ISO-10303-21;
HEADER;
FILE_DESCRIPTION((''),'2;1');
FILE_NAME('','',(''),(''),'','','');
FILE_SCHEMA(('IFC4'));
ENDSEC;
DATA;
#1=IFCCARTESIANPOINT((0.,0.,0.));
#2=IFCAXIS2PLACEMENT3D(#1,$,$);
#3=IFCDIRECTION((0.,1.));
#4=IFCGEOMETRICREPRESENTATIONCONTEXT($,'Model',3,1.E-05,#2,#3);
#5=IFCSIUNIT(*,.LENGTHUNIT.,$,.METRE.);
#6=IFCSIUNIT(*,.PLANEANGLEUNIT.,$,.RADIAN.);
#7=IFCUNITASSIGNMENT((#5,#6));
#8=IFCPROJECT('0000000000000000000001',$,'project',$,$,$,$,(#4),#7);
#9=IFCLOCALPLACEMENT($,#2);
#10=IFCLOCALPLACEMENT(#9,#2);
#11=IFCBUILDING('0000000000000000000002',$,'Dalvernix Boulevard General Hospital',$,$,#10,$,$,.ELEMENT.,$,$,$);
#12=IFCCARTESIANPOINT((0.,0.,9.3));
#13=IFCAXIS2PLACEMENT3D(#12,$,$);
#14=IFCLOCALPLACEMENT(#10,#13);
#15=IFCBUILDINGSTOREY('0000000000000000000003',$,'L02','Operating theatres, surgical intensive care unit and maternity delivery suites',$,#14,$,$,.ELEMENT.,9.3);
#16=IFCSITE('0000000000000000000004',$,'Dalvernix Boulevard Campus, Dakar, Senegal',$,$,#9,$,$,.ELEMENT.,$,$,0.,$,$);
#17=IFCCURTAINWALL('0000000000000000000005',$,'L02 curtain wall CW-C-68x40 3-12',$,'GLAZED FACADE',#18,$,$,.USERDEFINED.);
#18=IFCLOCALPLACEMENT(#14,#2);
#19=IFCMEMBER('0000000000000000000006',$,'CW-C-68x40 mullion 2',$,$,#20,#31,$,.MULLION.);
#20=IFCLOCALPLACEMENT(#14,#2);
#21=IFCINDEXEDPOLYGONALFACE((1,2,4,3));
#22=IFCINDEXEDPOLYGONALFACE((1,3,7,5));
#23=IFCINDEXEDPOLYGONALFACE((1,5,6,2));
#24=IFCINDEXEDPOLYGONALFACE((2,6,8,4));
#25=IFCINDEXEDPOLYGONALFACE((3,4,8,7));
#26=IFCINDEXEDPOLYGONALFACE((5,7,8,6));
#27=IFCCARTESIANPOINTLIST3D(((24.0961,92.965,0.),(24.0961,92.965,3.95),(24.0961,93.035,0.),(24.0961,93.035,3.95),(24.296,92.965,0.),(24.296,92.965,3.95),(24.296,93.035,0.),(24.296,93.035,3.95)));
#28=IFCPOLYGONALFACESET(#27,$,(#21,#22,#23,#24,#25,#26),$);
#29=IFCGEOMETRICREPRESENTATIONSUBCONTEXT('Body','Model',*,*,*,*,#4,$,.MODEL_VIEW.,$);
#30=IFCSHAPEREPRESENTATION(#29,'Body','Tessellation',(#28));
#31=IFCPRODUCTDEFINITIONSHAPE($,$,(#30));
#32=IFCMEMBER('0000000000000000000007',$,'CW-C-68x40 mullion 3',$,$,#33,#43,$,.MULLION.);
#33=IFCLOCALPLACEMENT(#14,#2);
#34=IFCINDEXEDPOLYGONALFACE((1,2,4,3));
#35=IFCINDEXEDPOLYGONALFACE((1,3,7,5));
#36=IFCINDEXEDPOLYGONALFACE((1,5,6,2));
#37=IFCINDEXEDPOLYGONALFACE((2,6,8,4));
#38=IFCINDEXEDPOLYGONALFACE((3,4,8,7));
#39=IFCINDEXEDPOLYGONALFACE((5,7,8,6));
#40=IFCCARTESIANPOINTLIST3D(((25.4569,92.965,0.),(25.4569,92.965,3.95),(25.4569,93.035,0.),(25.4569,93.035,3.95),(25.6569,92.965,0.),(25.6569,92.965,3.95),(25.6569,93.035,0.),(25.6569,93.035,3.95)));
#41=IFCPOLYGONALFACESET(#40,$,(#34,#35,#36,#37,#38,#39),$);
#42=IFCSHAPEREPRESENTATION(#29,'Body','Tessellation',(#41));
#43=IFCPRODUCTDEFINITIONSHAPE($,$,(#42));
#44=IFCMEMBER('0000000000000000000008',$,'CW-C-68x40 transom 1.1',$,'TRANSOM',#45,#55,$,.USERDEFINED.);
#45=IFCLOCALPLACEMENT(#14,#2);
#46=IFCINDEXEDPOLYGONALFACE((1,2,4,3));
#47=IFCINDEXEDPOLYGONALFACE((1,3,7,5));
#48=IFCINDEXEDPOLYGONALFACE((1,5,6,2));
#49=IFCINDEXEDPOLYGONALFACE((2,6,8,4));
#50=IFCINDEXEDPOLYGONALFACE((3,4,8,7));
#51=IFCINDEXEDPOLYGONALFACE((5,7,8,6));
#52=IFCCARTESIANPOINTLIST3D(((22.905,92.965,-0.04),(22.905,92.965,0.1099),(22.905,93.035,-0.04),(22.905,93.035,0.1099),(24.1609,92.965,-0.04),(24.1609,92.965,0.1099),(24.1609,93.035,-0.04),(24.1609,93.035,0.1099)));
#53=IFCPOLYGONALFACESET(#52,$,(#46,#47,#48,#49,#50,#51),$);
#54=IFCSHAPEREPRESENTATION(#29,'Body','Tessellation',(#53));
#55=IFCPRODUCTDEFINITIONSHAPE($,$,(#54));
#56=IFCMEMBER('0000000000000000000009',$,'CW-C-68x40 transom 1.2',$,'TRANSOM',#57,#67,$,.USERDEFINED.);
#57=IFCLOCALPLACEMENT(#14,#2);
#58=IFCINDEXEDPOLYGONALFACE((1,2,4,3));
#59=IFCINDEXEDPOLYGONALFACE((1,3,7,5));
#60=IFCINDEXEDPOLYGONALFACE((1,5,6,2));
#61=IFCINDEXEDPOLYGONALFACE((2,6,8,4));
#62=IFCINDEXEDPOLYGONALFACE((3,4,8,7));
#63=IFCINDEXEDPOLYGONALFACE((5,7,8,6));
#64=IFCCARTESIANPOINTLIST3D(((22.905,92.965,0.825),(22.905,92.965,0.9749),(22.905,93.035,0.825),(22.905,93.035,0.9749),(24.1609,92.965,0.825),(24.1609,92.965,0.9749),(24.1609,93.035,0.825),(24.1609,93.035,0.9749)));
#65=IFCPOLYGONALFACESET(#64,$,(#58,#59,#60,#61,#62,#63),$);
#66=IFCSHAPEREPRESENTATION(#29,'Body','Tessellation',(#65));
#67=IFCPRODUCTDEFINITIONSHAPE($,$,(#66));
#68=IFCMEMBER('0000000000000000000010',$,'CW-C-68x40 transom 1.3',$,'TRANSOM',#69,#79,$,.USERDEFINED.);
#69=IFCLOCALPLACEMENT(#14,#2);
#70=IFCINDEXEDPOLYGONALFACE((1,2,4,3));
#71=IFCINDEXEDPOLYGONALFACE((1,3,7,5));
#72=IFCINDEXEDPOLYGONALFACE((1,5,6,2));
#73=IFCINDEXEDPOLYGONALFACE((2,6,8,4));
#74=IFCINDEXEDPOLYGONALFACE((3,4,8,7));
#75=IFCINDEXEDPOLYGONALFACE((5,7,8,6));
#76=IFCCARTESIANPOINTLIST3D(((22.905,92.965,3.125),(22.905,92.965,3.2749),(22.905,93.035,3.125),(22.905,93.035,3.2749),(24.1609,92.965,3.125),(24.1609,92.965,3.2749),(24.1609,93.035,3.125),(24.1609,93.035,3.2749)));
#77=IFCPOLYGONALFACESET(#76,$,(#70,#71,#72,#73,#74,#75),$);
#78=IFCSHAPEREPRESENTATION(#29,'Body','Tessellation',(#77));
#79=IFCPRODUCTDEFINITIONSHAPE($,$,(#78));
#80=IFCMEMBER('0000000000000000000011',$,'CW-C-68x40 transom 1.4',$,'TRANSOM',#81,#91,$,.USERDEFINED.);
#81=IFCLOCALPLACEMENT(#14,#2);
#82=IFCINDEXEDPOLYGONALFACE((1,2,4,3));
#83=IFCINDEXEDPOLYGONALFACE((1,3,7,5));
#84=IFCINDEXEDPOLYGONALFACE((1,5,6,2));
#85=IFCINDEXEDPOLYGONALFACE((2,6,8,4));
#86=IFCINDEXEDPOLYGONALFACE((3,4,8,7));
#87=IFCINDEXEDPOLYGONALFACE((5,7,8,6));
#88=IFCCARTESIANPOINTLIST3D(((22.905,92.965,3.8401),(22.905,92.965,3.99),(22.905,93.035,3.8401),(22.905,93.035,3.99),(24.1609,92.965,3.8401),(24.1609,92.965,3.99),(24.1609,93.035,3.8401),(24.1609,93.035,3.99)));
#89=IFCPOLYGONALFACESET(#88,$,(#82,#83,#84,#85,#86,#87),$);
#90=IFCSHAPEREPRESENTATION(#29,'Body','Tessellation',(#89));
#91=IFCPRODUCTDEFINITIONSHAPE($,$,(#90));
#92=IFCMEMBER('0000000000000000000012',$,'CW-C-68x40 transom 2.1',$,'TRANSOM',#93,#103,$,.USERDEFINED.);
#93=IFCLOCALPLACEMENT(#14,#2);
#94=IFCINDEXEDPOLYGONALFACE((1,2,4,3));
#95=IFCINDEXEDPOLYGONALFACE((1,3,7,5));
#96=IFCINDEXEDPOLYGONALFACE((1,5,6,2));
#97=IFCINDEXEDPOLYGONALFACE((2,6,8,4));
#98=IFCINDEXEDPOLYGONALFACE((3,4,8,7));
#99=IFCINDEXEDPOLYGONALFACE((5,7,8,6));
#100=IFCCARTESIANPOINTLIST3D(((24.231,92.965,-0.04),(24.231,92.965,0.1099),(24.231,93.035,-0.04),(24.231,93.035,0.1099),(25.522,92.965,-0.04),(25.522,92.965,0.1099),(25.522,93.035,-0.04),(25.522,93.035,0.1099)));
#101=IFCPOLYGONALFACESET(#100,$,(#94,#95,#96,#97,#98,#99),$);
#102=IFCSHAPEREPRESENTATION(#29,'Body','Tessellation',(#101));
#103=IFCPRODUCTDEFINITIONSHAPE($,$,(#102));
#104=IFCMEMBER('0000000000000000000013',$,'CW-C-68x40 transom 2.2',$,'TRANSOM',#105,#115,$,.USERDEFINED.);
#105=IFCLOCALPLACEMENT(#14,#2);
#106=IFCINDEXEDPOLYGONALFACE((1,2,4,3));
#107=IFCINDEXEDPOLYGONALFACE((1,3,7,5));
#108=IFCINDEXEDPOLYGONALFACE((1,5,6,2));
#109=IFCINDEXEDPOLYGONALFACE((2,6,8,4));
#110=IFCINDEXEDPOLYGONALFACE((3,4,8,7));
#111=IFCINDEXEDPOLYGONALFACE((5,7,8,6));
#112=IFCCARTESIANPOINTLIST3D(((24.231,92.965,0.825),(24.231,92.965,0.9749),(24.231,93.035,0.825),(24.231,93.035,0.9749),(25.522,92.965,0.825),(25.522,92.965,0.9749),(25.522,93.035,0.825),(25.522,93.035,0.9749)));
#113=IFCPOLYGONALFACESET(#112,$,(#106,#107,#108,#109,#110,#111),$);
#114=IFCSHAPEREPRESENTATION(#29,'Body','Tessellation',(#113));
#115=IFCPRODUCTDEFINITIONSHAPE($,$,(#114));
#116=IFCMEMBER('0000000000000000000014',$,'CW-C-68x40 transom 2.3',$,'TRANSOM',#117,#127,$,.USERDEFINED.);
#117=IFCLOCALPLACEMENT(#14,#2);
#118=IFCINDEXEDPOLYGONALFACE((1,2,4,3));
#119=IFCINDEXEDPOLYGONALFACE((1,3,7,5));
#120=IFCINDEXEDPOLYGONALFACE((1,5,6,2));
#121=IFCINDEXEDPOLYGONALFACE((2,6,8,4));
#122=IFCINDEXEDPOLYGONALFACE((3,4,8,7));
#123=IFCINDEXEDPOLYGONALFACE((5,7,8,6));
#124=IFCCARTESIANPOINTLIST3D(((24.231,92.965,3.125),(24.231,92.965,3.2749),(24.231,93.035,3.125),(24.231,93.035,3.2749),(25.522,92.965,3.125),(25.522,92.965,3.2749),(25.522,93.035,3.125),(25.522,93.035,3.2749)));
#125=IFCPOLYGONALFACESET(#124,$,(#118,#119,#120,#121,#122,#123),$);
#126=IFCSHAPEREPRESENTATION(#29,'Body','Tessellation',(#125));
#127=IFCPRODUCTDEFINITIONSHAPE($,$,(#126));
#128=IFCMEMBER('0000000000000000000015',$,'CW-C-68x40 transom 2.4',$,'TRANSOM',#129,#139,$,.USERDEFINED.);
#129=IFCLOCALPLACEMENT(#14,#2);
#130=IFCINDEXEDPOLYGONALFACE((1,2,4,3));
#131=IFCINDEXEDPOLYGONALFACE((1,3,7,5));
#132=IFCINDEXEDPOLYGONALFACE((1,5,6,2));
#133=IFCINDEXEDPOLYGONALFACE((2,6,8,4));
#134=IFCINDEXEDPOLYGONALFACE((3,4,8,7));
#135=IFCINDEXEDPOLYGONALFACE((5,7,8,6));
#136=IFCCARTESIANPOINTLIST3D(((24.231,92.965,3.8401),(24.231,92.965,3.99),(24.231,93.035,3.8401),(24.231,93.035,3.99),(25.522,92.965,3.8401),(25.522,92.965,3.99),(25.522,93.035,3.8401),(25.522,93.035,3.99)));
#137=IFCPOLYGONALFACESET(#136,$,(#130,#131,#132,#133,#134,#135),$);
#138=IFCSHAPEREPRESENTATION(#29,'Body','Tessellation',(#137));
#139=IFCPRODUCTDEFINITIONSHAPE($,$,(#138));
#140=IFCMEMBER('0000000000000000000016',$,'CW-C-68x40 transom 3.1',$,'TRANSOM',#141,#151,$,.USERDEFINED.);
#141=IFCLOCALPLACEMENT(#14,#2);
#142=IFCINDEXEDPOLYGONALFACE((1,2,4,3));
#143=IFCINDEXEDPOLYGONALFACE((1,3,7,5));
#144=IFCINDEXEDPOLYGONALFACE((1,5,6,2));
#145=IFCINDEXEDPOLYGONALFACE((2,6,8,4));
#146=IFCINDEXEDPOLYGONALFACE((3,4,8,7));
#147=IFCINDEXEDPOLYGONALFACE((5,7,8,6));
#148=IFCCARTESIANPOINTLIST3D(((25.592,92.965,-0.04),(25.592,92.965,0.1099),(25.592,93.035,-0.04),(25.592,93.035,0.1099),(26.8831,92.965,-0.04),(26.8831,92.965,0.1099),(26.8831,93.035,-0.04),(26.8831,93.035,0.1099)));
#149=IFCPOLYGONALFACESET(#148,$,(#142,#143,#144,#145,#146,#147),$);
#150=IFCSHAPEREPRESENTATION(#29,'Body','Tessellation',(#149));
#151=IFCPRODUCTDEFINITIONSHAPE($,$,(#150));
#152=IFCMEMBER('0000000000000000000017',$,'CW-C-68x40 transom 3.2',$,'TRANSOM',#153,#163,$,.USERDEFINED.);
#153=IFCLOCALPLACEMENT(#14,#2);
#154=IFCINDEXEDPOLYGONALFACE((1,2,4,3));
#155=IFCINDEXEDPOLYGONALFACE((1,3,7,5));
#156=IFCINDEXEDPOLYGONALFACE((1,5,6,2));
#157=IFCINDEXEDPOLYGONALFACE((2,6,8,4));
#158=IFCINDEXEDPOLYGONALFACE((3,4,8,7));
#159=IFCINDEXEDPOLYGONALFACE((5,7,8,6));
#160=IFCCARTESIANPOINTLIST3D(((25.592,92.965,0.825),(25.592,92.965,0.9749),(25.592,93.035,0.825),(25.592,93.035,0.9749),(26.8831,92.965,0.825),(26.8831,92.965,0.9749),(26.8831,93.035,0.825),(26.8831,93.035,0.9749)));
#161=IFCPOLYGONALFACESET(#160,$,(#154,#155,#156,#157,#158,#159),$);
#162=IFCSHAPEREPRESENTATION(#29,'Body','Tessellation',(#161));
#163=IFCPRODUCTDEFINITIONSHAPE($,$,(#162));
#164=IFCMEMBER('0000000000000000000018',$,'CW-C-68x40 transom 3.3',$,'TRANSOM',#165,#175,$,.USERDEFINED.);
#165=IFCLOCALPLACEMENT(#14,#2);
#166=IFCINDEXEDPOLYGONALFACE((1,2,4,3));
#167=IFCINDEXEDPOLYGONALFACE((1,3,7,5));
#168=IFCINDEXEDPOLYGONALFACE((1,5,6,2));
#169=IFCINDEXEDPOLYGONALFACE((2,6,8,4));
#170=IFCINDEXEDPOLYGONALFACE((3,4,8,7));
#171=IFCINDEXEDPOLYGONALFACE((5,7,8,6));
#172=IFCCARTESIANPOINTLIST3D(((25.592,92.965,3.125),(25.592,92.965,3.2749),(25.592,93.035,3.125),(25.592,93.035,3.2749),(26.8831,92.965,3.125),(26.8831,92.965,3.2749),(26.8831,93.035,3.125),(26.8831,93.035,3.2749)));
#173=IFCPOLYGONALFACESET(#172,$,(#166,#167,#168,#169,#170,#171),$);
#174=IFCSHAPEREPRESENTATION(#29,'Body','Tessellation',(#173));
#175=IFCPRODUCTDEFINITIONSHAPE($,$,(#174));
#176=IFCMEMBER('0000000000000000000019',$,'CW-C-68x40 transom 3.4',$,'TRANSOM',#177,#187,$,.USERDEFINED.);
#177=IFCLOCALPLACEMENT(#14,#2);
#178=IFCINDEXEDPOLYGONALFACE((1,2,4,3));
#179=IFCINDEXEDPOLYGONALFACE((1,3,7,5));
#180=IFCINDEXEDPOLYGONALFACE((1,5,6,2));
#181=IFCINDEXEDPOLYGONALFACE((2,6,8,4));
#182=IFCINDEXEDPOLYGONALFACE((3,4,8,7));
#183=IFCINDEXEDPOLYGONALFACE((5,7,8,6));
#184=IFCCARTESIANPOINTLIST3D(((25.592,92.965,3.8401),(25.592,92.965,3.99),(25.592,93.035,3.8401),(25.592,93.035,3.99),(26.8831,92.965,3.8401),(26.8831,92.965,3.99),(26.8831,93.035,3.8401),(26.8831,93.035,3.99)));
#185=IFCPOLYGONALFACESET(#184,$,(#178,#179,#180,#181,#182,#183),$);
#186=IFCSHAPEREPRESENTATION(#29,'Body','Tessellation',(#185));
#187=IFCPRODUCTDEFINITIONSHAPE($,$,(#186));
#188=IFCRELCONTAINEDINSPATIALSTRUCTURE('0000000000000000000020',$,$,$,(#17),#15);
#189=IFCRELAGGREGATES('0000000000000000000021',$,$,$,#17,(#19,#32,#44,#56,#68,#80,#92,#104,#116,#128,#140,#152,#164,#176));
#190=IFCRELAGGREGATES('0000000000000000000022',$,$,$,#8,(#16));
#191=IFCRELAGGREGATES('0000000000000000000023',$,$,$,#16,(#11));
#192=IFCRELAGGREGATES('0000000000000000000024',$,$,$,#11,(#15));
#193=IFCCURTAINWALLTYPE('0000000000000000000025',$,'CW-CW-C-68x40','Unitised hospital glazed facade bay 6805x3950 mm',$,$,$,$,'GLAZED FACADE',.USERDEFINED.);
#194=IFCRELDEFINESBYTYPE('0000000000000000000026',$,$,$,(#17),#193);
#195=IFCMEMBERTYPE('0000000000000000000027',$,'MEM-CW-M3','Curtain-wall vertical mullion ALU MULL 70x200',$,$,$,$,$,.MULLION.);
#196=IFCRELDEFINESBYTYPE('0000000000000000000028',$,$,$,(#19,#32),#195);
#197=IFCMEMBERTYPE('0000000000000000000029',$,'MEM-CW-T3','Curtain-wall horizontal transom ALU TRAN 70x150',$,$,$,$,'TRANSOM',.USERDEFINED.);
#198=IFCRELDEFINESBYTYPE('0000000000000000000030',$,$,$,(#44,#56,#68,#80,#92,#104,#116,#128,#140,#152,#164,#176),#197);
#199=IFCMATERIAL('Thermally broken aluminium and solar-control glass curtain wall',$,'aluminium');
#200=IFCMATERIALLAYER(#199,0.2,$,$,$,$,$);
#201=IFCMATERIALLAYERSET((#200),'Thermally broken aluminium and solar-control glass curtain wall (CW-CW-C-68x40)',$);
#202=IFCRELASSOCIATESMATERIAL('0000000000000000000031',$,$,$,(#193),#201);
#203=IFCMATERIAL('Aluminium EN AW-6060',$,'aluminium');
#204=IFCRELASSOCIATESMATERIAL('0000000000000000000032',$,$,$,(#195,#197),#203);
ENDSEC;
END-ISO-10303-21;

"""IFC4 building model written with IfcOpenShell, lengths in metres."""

from ifc_helpers import new_model, si_unit, direction, frame, origin, origin_2d, place, context, subcontext, project, spatial, rectangle, extrude, material, layer, layer_set, material_profile, profile_set, type_object, element, aggregate, save


model = new_model("IFC4")

# Units and contexts
model_context = context("Model", 3, precision=1e-05, world=origin(), true_north=direction((0.0, 1.0)))
body_context = subcontext(model_context, "Body", "Model", "MODEL_VIEW")
ifc_project = project(units=[si_unit("LENGTHUNIT", "METRE"), si_unit("PLANEANGLEUNIT", "RADIAN")], contexts=[model_context])

# Site, building, storey
site_placement = place(None, origin())
site = spatial("IfcSite", under=ifc_project, at=site_placement, Name="Dalvernix Boulevard Campus, Dakar, Senegal", CompositionType="ELEMENT", RefElevation=0.0)
building_placement = place(site_placement, origin())
building = spatial("IfcBuilding", under=site, at=building_placement, Name="Dalvernix Boulevard General Hospital", CompositionType="ELEMENT")
storey_placement = place(building_placement, frame((0.0, 0.0, 9.3)))
storey = spatial("IfcBuildingStorey", under=building, at=storey_placement, Name="L02", Description="Operating theatres, surgical intensive care unit and maternity delivery suites", CompositionType="ELEMENT", Elevation=9.3)

# Curtain wall, members
ifc_material_1 = material(Name="Thermally broken aluminium and solar-control glass curtain wall", Category="aluminium")
ifc_layer_1 = layer(ifc_material_1, 0.2)
ifc_layer_set_1 = layer_set([ifc_layer_1], Name="Thermally broken aluminium and solar-control glass curtain wall (CW-CW-C-68x40)")
curtain_wall_type = type_object("IfcCurtainWallType", Name="CW-CW-C-68x40", Description="Unitised hospital glazed facade bay 6805x3950 mm", ElementType="GLAZED FACADE", PredefinedType="USERDEFINED", material=ifc_layer_set_1)
curtain_wall_placement = place(storey_placement, origin())
curtain_wall = element("IfcCurtainWall", 1, at=curtain_wall_placement, inside=storey, type_object=curtain_wall_type, Name="L02 curtain wall CW-C-68x40 3-12", ObjectType="GLAZED FACADE", PredefinedType="USERDEFINED")
ifc_material_2 = material(Name="Aluminium EN AW-6060", Category="aluminium")
ifc_material_profile_1 = material_profile(ifc_material_2, rectangle(XDim=0.0701, YDim=0.2, at=origin_2d()), Name="ALU MULL 70x200")
ifc_profile_set_1 = profile_set([ifc_material_profile_1], Name="Aluminium EN AW-6060")
member_type_1 = type_object("IfcMemberType", Name="MEM-CW-M3", Description="Curtain-wall vertical mullion ALU MULL 70x200", PredefinedType="MULLION", material=ifc_profile_set_1)
member_1_placement = place(storey_placement, frame((24.196, 93.0, 0.0), z_axis=(0.0, 0.0, 1.0), x_axis=(0.0, 1.0, 0.0)))
member_1 = element("IfcMember", 2, at=member_1_placement, type_object=member_type_1, Name="CW-C-68x40 mullion 2", PredefinedType="MULLION", context=body_context, shape_type="SweptSolid", body=[
    extrude(rectangle(XDim=0.0701, YDim=0.2, at=origin_2d()), origin(), (0.0, 0.0, 1.0), 3.95),
])
member_2_placement = place(storey_placement, frame((25.5569, 93.0, 0.0), z_axis=(0.0, 0.0, 1.0), x_axis=(0.0, 1.0, 0.0)))
member_2 = element("IfcMember", 3, at=member_2_placement, type_object=member_type_1, Name="CW-C-68x40 mullion 3", PredefinedType="MULLION", context=body_context, shape_type="SweptSolid", body=[
    extrude(rectangle(XDim=0.0701, YDim=0.2, at=origin_2d()), origin(), (0.0, 0.0, 1.0), 3.95),
])
ifc_material_profile_2 = material_profile(ifc_material_2, rectangle(XDim=0.0701, YDim=0.1499, at=origin_2d()), Name="ALU TRAN 70x150")
ifc_profile_set_2 = profile_set([ifc_material_profile_2], Name="Aluminium EN AW-6060")
member_type_2 = type_object("IfcMemberType", Name="MEM-CW-T3", Description="Curtain-wall horizontal transom ALU TRAN 70x150", ElementType="TRANSOM", PredefinedType="USERDEFINED", material=ifc_profile_set_2)
member_3_placement = place(storey_placement, frame((22.905, 93.0, 0.0349), z_axis=(1.0, 0.0, 0.0), x_axis=(0.0, 1.0, 0.0)))
member_3 = element("IfcMember", 4, at=member_3_placement, type_object=member_type_2, Name="CW-C-68x40 transom 1.1", ObjectType="TRANSOM", PredefinedType="USERDEFINED", context=body_context, shape_type="SweptSolid", body=[
    extrude(rectangle(XDim=0.0701, YDim=0.1499, at=origin_2d()), origin(), (0.0, 0.0, 1.0), 1.2559),
])
member_4_placement = place(storey_placement, frame((22.905, 93.0, 0.8999), z_axis=(1.0, 0.0, 0.0), x_axis=(0.0, 1.0, 0.0)))
member_4 = element("IfcMember", 5, at=member_4_placement, type_object=member_type_2, Name="CW-C-68x40 transom 1.2", ObjectType="TRANSOM", PredefinedType="USERDEFINED", context=body_context, shape_type="SweptSolid", body=[
    extrude(rectangle(XDim=0.0701, YDim=0.1499, at=origin_2d()), origin(), (0.0, 0.0, 1.0), 1.2559),
])
member_5_placement = place(storey_placement, frame((22.905, 93.0, 3.2), z_axis=(1.0, 0.0, 0.0), x_axis=(0.0, 1.0, 0.0)))
member_5 = element("IfcMember", 6, at=member_5_placement, type_object=member_type_2, Name="CW-C-68x40 transom 1.3", ObjectType="TRANSOM", PredefinedType="USERDEFINED", context=body_context, shape_type="SweptSolid", body=[
    extrude(rectangle(XDim=0.0701, YDim=0.1499, at=origin_2d()), origin(), (0.0, 0.0, 1.0), 1.2559),
])
member_6_placement = place(storey_placement, frame((22.905, 93.0, 3.915), z_axis=(1.0, 0.0, 0.0), x_axis=(0.0, 1.0, 0.0)))
member_6 = element("IfcMember", 7, at=member_6_placement, type_object=member_type_2, Name="CW-C-68x40 transom 1.4", ObjectType="TRANSOM", PredefinedType="USERDEFINED", context=body_context, shape_type="SweptSolid", body=[
    extrude(rectangle(XDim=0.0701, YDim=0.1499, at=origin_2d()), origin(), (0.0, 0.0, 1.0), 1.2559),
])
member_7_placement = place(storey_placement, frame((24.231, 93.0, 0.0349), z_axis=(1.0, 0.0, 0.0), x_axis=(0.0, 1.0, 0.0)))
member_7 = element("IfcMember", 8, at=member_7_placement, type_object=member_type_2, Name="CW-C-68x40 transom 2.1", ObjectType="TRANSOM", PredefinedType="USERDEFINED", context=body_context, shape_type="SweptSolid", body=[
    extrude(rectangle(XDim=0.0701, YDim=0.1499, at=origin_2d()), origin(), (0.0, 0.0, 1.0), 1.291),
])
member_8_placement = place(storey_placement, frame((24.231, 93.0, 0.8999), z_axis=(1.0, 0.0, 0.0), x_axis=(0.0, 1.0, 0.0)))
member_8 = element("IfcMember", 9, at=member_8_placement, type_object=member_type_2, Name="CW-C-68x40 transom 2.2", ObjectType="TRANSOM", PredefinedType="USERDEFINED", context=body_context, shape_type="SweptSolid", body=[
    extrude(rectangle(XDim=0.0701, YDim=0.1499, at=origin_2d()), origin(), (0.0, 0.0, 1.0), 1.291),
])
member_9_placement = place(storey_placement, frame((24.231, 93.0, 3.2), z_axis=(1.0, 0.0, 0.0), x_axis=(0.0, 1.0, 0.0)))
member_9 = element("IfcMember", 10, at=member_9_placement, type_object=member_type_2, Name="CW-C-68x40 transom 2.3", ObjectType="TRANSOM", PredefinedType="USERDEFINED", context=body_context, shape_type="SweptSolid", body=[
    extrude(rectangle(XDim=0.0701, YDim=0.1499, at=origin_2d()), origin(), (0.0, 0.0, 1.0), 1.291),
])
member_10_placement = place(storey_placement, frame((24.231, 93.0, 3.915), z_axis=(1.0, 0.0, 0.0), x_axis=(0.0, 1.0, 0.0)))
member_10 = element("IfcMember", 11, at=member_10_placement, type_object=member_type_2, Name="CW-C-68x40 transom 2.4", ObjectType="TRANSOM", PredefinedType="USERDEFINED", context=body_context, shape_type="SweptSolid", body=[
    extrude(rectangle(XDim=0.0701, YDim=0.1499, at=origin_2d()), origin(), (0.0, 0.0, 1.0), 1.291),
])
member_11_placement = place(storey_placement, frame((25.592, 93.0, 0.0349), z_axis=(1.0, 0.0, 0.0), x_axis=(0.0, 1.0, 0.0)))
member_11 = element("IfcMember", 12, at=member_11_placement, type_object=member_type_2, Name="CW-C-68x40 transom 3.1", ObjectType="TRANSOM", PredefinedType="USERDEFINED", context=body_context, shape_type="SweptSolid", body=[
    extrude(rectangle(XDim=0.0701, YDim=0.1499, at=origin_2d()), origin(), (0.0, 0.0, 1.0), 1.291),
])
member_12_placement = place(storey_placement, frame((25.592, 93.0, 0.8999), z_axis=(1.0, 0.0, 0.0), x_axis=(0.0, 1.0, 0.0)))
member_12 = element("IfcMember", 13, at=member_12_placement, type_object=member_type_2, Name="CW-C-68x40 transom 3.2", ObjectType="TRANSOM", PredefinedType="USERDEFINED", context=body_context, shape_type="SweptSolid", body=[
    extrude(rectangle(XDim=0.0701, YDim=0.1499, at=origin_2d()), origin(), (0.0, 0.0, 1.0), 1.291),
])
member_13_placement = place(storey_placement, frame((25.592, 93.0, 3.2), z_axis=(1.0, 0.0, 0.0), x_axis=(0.0, 1.0, 0.0)))
member_13 = element("IfcMember", 14, at=member_13_placement, type_object=member_type_2, Name="CW-C-68x40 transom 3.3", ObjectType="TRANSOM", PredefinedType="USERDEFINED", context=body_context, shape_type="SweptSolid", body=[
    extrude(rectangle(XDim=0.0701, YDim=0.1499, at=origin_2d()), origin(), (0.0, 0.0, 1.0), 1.291),
])
member_14_placement = place(storey_placement, frame((25.592, 93.0, 3.915), z_axis=(1.0, 0.0, 0.0), x_axis=(0.0, 1.0, 0.0)))
member_14 = element("IfcMember", 15, at=member_14_placement, type_object=member_type_2, Name="CW-C-68x40 transom 3.4", ObjectType="TRANSOM", PredefinedType="USERDEFINED", context=body_context, shape_type="SweptSolid", body=[
    extrude(rectangle(XDim=0.0701, YDim=0.1499, at=origin_2d()), origin(), (0.0, 0.0, 1.0), 1.291),
])
aggregate(curtain_wall, [member_1, member_2, member_3, member_4, member_5, member_6, member_7, member_8, member_9, member_10, member_11, member_12, member_13, member_14])

save(model, "model.ifc")
